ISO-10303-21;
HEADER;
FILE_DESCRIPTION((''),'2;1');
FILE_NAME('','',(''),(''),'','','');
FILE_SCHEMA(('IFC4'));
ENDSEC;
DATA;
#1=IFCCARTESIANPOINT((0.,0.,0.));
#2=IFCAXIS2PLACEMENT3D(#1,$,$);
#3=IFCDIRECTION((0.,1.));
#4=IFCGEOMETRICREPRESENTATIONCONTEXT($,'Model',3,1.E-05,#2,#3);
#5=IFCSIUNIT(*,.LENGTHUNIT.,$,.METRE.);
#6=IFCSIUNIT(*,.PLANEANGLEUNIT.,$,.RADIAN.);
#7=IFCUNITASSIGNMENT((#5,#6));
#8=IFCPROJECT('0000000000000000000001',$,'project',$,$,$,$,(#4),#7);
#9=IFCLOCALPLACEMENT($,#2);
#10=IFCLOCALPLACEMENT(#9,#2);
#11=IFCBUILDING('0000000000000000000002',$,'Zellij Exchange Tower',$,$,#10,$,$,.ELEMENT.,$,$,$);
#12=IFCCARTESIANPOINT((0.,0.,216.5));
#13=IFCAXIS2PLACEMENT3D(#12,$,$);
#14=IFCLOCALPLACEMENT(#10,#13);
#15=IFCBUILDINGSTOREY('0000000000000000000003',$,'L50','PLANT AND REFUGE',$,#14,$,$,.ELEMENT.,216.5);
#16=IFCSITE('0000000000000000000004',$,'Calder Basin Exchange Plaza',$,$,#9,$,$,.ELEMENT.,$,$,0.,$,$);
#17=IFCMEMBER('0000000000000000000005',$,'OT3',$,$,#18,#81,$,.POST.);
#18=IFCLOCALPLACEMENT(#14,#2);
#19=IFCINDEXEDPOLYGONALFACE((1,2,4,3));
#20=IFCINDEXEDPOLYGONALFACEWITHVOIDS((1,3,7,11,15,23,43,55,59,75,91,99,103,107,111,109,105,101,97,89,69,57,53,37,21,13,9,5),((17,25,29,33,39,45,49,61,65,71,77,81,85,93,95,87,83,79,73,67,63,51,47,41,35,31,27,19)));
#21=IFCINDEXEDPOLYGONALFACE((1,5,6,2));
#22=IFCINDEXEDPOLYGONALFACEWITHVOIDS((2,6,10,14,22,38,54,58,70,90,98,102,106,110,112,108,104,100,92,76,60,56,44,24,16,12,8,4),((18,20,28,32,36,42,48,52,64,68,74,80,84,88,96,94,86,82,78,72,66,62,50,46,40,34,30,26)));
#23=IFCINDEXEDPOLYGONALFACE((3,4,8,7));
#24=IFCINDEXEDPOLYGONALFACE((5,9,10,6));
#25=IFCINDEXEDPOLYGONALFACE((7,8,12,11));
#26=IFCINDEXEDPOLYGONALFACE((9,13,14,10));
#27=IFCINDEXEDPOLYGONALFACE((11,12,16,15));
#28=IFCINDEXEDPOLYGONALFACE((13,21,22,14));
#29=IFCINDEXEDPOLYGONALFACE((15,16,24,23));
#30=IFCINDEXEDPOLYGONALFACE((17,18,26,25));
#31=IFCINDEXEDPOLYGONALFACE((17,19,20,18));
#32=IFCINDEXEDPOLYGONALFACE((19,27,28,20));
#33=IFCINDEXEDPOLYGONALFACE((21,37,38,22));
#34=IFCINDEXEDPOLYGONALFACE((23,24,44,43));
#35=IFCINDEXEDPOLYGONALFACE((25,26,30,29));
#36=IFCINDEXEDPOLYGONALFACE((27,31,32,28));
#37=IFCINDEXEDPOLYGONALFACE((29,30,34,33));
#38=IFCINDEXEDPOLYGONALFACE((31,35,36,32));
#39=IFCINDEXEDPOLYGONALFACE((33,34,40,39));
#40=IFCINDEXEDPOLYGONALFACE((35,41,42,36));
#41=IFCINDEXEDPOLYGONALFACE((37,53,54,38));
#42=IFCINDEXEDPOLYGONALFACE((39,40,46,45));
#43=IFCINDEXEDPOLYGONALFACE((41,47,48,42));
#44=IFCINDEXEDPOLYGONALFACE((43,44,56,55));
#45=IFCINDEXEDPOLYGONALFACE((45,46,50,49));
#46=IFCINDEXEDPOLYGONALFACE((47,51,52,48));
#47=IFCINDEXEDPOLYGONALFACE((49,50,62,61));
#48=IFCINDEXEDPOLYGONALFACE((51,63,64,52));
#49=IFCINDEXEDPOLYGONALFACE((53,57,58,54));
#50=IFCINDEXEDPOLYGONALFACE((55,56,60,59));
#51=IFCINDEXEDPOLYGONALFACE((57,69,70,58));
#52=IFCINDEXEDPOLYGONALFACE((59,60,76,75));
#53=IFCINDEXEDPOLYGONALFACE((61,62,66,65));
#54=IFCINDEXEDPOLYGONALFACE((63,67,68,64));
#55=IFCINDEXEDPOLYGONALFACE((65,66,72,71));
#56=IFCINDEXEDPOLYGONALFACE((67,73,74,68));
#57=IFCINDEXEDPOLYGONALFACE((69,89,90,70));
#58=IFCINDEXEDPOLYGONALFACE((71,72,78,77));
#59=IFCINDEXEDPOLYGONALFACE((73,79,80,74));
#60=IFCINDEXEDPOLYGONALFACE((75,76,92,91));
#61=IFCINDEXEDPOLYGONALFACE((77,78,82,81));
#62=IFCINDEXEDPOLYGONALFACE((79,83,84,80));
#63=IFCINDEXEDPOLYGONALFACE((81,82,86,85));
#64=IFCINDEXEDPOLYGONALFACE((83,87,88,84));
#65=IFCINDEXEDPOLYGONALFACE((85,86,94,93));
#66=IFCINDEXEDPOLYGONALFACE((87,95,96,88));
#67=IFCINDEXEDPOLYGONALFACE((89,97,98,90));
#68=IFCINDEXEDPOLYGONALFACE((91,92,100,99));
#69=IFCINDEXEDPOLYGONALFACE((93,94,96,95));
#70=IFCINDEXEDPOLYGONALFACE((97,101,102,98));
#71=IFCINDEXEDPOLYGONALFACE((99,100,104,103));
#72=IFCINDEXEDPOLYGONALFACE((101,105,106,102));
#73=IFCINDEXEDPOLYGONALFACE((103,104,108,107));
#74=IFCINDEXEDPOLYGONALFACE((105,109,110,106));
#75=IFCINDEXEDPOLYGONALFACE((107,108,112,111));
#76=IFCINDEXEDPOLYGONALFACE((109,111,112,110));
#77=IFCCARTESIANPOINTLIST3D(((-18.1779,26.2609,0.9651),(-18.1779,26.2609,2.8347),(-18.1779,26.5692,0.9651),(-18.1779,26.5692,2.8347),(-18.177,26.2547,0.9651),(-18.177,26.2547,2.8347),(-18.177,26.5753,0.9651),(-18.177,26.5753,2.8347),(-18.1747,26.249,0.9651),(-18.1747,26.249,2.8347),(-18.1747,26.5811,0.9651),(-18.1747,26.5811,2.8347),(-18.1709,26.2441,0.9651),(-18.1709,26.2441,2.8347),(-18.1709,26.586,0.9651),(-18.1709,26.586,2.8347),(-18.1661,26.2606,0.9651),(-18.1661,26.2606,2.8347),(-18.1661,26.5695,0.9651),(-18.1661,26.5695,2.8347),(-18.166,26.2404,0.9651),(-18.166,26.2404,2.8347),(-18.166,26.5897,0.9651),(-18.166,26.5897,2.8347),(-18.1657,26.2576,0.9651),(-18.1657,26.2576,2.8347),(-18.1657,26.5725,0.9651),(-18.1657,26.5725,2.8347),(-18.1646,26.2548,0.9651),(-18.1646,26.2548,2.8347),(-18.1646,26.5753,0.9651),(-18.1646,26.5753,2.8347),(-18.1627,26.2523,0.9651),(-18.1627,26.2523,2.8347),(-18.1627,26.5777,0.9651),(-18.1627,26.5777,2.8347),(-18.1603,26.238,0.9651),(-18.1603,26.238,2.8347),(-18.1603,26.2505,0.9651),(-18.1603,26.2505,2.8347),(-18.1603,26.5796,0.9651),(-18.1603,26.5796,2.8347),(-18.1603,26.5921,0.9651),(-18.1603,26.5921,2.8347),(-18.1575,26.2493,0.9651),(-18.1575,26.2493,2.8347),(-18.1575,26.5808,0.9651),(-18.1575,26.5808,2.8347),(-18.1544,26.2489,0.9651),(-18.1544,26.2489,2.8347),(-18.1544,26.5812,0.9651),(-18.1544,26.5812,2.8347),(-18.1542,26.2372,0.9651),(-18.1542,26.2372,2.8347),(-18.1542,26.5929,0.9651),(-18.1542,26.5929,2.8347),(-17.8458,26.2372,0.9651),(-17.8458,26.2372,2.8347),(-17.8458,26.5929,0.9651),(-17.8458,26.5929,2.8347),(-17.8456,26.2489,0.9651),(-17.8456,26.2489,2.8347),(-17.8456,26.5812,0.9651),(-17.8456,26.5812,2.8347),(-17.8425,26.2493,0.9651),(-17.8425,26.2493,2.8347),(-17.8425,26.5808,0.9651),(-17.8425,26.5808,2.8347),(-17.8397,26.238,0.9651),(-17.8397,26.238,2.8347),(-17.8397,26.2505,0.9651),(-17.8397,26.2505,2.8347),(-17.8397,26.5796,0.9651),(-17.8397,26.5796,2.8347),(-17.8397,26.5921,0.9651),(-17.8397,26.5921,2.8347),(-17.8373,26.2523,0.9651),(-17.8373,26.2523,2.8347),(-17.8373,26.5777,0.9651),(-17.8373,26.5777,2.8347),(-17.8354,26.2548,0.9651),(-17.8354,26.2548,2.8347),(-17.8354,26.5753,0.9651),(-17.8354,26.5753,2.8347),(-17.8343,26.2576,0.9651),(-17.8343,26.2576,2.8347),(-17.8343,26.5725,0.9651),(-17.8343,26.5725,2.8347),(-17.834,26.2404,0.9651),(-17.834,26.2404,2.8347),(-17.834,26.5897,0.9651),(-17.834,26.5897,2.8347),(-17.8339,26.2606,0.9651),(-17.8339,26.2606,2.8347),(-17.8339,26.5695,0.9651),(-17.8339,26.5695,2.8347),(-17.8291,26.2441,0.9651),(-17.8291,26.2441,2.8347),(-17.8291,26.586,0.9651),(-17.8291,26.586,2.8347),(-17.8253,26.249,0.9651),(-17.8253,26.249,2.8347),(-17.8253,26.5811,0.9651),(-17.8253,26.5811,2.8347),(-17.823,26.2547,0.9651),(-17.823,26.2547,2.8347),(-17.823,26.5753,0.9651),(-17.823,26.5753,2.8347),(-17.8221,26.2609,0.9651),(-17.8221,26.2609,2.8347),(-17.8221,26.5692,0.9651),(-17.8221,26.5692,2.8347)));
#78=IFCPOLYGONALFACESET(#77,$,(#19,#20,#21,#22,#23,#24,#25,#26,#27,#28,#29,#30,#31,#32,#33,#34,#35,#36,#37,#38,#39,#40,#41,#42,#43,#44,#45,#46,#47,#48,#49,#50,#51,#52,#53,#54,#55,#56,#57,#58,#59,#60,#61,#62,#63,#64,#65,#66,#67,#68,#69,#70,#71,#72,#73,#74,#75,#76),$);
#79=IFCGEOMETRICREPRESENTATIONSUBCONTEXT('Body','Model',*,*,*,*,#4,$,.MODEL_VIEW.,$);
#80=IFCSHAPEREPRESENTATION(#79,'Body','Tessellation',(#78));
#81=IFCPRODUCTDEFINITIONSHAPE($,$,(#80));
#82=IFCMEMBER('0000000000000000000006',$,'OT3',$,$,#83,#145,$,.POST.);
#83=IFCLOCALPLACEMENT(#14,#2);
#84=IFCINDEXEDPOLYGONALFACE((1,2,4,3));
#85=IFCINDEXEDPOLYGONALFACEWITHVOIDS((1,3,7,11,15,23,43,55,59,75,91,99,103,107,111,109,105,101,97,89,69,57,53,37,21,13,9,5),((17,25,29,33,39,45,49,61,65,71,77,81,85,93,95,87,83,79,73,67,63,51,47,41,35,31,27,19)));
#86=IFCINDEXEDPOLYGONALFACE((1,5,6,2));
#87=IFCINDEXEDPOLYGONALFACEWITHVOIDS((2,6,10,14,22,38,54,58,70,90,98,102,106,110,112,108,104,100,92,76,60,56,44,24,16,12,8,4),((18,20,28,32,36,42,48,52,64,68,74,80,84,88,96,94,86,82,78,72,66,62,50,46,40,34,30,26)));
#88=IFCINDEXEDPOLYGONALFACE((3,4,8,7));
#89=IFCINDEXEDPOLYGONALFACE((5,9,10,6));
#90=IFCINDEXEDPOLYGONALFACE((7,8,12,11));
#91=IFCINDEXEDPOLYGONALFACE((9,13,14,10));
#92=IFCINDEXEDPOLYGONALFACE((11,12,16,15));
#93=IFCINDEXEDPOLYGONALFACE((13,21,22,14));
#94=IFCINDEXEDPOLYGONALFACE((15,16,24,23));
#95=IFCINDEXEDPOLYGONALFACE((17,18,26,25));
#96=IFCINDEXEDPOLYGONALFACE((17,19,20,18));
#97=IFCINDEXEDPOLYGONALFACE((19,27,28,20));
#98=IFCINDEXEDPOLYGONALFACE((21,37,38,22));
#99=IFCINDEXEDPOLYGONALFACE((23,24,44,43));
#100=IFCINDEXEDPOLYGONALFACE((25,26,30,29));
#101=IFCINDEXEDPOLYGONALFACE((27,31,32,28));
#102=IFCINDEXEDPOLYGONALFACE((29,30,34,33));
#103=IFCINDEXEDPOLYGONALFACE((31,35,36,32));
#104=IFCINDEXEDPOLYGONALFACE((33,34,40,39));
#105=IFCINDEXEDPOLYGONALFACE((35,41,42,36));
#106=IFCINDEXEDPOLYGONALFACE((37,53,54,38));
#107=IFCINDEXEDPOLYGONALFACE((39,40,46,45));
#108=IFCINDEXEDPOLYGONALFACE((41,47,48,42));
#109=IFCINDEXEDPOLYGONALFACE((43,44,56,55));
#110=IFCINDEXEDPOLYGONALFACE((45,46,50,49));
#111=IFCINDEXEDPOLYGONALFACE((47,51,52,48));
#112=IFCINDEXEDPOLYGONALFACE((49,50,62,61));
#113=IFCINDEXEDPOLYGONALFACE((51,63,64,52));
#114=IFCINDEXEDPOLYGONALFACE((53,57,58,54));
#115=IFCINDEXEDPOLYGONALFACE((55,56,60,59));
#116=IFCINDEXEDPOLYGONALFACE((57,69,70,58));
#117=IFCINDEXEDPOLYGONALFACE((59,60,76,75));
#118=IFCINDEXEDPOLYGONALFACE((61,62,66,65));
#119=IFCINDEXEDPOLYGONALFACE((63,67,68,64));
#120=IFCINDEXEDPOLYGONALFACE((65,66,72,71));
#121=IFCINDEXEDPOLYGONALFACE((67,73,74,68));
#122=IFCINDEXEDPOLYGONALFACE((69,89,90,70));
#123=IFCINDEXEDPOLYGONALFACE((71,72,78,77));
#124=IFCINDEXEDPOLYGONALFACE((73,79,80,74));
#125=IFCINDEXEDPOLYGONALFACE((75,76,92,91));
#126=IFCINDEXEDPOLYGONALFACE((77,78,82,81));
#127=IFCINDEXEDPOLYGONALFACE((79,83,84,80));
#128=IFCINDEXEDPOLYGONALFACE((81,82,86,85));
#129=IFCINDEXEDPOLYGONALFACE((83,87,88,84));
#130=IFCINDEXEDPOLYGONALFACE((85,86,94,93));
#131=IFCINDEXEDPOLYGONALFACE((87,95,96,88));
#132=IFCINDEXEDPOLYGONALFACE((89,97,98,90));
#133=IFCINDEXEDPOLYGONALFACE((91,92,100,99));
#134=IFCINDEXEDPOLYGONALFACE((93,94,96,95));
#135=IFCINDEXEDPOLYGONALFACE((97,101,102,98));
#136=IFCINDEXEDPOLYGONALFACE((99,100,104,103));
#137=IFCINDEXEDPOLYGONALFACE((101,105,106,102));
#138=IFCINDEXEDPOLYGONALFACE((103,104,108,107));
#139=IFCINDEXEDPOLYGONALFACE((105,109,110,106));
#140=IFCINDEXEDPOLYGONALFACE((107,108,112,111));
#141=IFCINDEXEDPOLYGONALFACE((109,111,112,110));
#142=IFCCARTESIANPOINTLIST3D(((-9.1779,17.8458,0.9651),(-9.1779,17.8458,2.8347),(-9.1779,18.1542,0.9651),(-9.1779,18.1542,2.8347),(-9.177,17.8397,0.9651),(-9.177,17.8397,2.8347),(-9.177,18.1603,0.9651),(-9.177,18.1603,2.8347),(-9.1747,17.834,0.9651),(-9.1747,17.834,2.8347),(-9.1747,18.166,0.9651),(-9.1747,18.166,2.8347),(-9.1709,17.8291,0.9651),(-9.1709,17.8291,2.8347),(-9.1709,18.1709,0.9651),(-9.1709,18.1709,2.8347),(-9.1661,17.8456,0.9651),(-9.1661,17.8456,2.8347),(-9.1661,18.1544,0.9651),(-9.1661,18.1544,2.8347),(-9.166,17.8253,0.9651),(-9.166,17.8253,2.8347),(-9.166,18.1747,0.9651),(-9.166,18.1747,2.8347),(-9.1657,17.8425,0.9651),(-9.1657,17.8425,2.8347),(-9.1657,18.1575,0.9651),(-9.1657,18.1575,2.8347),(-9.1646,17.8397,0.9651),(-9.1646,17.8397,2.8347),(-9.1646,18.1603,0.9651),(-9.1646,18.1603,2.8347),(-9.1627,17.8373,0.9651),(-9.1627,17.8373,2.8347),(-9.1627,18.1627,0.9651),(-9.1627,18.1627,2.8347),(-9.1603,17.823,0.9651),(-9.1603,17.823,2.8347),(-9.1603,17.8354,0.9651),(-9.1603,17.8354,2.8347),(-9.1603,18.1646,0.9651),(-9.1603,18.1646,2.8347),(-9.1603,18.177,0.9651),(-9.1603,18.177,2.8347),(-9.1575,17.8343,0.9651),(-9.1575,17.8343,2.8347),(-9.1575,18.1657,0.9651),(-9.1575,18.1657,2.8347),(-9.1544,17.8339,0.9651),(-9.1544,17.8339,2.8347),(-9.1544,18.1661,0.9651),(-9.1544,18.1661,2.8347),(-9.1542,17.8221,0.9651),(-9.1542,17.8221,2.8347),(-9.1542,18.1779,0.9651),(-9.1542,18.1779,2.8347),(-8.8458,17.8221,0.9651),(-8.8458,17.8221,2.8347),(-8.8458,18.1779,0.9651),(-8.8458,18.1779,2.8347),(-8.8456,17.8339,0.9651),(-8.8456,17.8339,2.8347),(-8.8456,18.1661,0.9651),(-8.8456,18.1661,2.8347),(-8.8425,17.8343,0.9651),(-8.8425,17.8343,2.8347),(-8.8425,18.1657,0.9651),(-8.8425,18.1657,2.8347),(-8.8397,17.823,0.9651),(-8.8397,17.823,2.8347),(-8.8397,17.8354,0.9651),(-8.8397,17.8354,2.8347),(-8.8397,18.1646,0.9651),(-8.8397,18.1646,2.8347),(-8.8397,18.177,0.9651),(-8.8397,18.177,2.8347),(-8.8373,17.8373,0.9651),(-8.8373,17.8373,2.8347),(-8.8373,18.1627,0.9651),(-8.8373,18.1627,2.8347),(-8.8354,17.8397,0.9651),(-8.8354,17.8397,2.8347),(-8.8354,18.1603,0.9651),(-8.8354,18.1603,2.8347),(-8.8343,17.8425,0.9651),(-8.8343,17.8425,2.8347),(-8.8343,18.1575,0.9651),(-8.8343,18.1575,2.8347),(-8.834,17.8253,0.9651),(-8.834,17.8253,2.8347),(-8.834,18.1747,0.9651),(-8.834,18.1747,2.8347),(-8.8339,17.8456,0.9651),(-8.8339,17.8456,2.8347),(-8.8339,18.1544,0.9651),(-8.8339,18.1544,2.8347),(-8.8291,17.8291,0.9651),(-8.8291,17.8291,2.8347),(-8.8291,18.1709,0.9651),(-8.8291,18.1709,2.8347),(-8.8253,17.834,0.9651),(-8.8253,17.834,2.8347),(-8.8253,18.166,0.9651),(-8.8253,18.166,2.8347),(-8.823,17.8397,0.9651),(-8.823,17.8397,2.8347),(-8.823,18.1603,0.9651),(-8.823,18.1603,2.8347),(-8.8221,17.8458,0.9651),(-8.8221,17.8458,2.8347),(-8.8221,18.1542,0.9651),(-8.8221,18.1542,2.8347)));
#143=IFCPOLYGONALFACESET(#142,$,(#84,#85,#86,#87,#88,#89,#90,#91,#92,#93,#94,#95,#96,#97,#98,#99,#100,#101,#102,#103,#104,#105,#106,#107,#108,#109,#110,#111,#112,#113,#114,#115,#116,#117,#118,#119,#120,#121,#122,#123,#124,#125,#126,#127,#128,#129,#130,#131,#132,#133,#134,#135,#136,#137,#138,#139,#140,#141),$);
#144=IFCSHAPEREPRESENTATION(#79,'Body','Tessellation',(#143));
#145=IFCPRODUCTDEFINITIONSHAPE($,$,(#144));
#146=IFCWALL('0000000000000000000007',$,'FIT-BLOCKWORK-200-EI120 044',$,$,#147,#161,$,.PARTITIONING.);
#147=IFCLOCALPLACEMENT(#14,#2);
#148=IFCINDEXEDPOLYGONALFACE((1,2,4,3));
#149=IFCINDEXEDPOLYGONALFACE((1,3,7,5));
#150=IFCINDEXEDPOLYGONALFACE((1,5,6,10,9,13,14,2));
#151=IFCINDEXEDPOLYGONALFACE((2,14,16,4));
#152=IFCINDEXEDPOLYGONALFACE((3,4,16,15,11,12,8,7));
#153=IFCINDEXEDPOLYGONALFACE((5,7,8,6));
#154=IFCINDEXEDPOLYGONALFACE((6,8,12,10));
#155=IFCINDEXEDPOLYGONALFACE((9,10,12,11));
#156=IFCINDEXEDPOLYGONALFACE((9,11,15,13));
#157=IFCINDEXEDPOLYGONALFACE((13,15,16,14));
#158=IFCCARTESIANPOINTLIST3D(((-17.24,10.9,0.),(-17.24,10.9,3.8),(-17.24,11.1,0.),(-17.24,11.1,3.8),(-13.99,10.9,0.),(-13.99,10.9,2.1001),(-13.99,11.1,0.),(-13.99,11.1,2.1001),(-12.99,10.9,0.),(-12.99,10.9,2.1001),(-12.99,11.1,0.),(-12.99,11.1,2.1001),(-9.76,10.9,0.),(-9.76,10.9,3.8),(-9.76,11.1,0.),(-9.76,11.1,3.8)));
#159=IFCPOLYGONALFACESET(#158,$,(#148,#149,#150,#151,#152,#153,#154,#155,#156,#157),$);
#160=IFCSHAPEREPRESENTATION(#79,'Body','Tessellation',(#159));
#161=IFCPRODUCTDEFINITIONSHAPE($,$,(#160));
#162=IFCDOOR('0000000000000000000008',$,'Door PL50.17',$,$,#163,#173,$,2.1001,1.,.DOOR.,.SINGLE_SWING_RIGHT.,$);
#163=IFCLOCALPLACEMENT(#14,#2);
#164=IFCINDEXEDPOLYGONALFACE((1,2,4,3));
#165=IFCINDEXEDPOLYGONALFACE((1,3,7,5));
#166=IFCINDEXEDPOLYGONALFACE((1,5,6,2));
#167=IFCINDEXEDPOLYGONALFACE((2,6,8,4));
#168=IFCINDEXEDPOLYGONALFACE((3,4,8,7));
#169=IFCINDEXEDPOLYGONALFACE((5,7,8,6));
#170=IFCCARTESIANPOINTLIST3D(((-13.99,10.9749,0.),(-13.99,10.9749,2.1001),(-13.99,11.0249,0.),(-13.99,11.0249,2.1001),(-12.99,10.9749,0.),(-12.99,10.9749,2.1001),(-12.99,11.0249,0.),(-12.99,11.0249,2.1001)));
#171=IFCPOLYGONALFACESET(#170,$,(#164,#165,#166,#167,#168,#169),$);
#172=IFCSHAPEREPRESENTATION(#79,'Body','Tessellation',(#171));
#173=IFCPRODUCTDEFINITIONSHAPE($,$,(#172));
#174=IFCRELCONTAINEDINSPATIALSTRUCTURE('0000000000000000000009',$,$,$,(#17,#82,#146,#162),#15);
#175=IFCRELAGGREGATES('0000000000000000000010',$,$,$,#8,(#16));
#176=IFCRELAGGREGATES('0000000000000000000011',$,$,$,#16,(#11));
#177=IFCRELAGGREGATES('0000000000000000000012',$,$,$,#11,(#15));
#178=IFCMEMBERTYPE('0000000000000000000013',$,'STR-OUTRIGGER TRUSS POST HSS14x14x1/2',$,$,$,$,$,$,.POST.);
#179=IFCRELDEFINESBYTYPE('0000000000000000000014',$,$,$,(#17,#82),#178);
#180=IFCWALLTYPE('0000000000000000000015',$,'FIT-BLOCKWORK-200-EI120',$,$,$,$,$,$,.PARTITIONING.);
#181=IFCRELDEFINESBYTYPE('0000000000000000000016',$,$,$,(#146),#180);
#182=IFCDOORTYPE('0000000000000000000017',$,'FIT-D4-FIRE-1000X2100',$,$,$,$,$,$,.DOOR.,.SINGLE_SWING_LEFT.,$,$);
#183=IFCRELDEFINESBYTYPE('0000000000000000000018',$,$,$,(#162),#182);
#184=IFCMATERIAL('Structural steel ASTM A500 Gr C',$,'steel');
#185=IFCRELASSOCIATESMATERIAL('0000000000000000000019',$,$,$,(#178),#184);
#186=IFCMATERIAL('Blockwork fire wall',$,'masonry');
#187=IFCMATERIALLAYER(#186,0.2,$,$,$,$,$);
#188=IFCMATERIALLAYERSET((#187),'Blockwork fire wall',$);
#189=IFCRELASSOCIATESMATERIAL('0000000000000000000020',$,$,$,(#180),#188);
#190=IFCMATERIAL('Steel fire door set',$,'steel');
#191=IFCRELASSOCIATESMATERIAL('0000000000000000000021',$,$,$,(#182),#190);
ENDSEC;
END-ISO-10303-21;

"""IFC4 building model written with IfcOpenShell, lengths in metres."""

from ifc_helpers import new_model, si_unit, direction, frame, frame_2d, origin, origin_2d, place, context, subcontext, project, spatial, rectangle, hollow_rectangle, extrude, material, layer, layer_set, material_profile, profile_set, type_object, element, fill, save


model = new_model("IFC4")

# Units and contexts
model_context = context("Model", 3, precision=1e-05, world=origin(), true_north=direction((0.0, 1.0)))
body_context = subcontext(model_context, "Body", "Model", "MODEL_VIEW")
ifc_project = project(units=[si_unit("LENGTHUNIT", "METRE"), si_unit("PLANEANGLEUNIT", "RADIAN")], contexts=[model_context])

# Site, building, storey
site_placement = place(None, origin())
site = spatial("IfcSite", under=ifc_project, at=site_placement, Name="Calder Basin Exchange Plaza", CompositionType="ELEMENT", RefElevation=0.0)
building_placement = place(site_placement, origin())
building = spatial("IfcBuilding", under=site, at=building_placement, Name="Zellij Exchange Tower", CompositionType="ELEMENT")
storey_placement = place(building_placement, frame((0.0, 0.0, 216.5)))
storey = spatial("IfcBuildingStorey", under=building, at=storey_placement, Name="L50", Description="PLANT AND REFUGE", CompositionType="ELEMENT", Elevation=216.5)

# Members
ifc_material_1 = material(Name="Structural steel ASTM A500 Gr C", Category="steel")
ifc_material_profile_1 = material_profile(ifc_material_1, hollow_rectangle(XDim=0.3557, YDim=0.3557, WallThickness=0.0117, InnerFilletRadius=0.0117, OuterFilletRadius=0.0237, at=origin_2d()), Name="STR-OUTRIGGER TRUSS POST HSS14x14x1/2")
ifc_profile_set_1 = profile_set([ifc_material_profile_1], Name="Structural steel ASTM A500 Gr C")
member_type_1 = type_object("IfcMemberType", Name="STR-OUTRIGGER TRUSS POST HSS14x14x1/2", PredefinedType="POST", material=ifc_profile_set_1)
for number, where, z_axis, x_axis, name in (
    (1, (-18.0, 26.415, 0.9651), (0.0, 0.0, 1.0), (1.0, 0.0, 0.0), "OT3"),
    (2, (-9.0, 18.0, 0.9651), (0.0, 0.0, 1.0), (1.0, 0.0, 0.0), "OT3"),
):
    element("IfcMember", number, at=place(storey_placement, frame(where, z_axis=z_axis, x_axis=x_axis)), inside=storey, type_object=member_type_1, Name=name, PredefinedType="POST", context=body_context, shape_type="SweptSolid", body=[
        extrude(hollow_rectangle(XDim=0.3557, YDim=0.3557, WallThickness=0.0117, InnerFilletRadius=0.0117, OuterFilletRadius=0.0237, at=origin_2d()), origin(), (0.0, 0.0, 1.0), 1.8696),
    ])

# Wall, opening, door
ifc_material_2 = material(Name="Blockwork fire wall", Category="masonry")
ifc_layer = layer(ifc_material_2, 0.2)
ifc_layer_set = layer_set([ifc_layer], Name="Blockwork fire wall")
wall_type = type_object("IfcWallType", Name="FIT-BLOCKWORK-200-EI120", PredefinedType="PARTITIONING", material=ifc_layer_set)
wall_1_placement = place(storey_placement, frame((-17.24, 11.0, 0.0), z_axis=(0.0, 0.0, 1.0), x_axis=(1.0, 0.0, 0.0)))
wall_1 = element("IfcWall", 3, at=wall_1_placement, inside=storey, type_object=wall_type, Name="FIT-BLOCKWORK-200-EI120 044", PredefinedType="PARTITIONING", context=body_context, shape_type="SweptSolid", body=[
    extrude(rectangle(XDim=7.48, YDim=0.2, at=frame_2d((3.74, 0.0))), origin(), (0.0, 0.0, 1.0), 3.8),
])
opening_1_placement = place(wall_1_placement, frame((3.25, 0.0, 0.0)))
opening_1 = element("IfcOpeningElement", 4, at=opening_1_placement, cuts=wall_1, PredefinedType="OPENING", context=body_context, shape_type="SweptSolid", body=[
    extrude(rectangle(XDim=1.0, YDim=2.1001, at=frame_2d((0.5, 1.05))), frame((0.0, 0.1118, 0.0), z_axis=(0.0, -1.0, 0.0), x_axis=(1.0, 0.0, 0.0)), (0.0, 0.0, 1.0), 0.2239),
])
ifc_material_3 = material(Name="Steel fire door set", Category="steel")
door_type = type_object("IfcDoorType", Name="FIT-D4-FIRE-1000X2100", OperationType="SINGLE_SWING_LEFT", PredefinedType="DOOR", material=ifc_material_3)
door_1_placement = place(opening_1_placement, origin())
door_1 = element("IfcDoor", 5, at=door_1_placement, inside=storey, type_object=door_type, Name="Door PL50.17", OperationType="SINGLE_SWING_RIGHT", OverallHeight=2.1001, OverallWidth=1.0, PredefinedType="DOOR", context=body_context, shape_type="SweptSolid", body=[
    extrude(rectangle(XDim=1.0, YDim=2.1001, at=frame_2d((0.5, 1.05))), frame((0.0, 0.0249, 0.0), z_axis=(0.0, -1.0, 0.0), x_axis=(1.0, 0.0, 0.0)), (0.0, 0.0, 1.0), 0.05),
])
fill(opening_1, door_1)

save(model, "model.ifc")
